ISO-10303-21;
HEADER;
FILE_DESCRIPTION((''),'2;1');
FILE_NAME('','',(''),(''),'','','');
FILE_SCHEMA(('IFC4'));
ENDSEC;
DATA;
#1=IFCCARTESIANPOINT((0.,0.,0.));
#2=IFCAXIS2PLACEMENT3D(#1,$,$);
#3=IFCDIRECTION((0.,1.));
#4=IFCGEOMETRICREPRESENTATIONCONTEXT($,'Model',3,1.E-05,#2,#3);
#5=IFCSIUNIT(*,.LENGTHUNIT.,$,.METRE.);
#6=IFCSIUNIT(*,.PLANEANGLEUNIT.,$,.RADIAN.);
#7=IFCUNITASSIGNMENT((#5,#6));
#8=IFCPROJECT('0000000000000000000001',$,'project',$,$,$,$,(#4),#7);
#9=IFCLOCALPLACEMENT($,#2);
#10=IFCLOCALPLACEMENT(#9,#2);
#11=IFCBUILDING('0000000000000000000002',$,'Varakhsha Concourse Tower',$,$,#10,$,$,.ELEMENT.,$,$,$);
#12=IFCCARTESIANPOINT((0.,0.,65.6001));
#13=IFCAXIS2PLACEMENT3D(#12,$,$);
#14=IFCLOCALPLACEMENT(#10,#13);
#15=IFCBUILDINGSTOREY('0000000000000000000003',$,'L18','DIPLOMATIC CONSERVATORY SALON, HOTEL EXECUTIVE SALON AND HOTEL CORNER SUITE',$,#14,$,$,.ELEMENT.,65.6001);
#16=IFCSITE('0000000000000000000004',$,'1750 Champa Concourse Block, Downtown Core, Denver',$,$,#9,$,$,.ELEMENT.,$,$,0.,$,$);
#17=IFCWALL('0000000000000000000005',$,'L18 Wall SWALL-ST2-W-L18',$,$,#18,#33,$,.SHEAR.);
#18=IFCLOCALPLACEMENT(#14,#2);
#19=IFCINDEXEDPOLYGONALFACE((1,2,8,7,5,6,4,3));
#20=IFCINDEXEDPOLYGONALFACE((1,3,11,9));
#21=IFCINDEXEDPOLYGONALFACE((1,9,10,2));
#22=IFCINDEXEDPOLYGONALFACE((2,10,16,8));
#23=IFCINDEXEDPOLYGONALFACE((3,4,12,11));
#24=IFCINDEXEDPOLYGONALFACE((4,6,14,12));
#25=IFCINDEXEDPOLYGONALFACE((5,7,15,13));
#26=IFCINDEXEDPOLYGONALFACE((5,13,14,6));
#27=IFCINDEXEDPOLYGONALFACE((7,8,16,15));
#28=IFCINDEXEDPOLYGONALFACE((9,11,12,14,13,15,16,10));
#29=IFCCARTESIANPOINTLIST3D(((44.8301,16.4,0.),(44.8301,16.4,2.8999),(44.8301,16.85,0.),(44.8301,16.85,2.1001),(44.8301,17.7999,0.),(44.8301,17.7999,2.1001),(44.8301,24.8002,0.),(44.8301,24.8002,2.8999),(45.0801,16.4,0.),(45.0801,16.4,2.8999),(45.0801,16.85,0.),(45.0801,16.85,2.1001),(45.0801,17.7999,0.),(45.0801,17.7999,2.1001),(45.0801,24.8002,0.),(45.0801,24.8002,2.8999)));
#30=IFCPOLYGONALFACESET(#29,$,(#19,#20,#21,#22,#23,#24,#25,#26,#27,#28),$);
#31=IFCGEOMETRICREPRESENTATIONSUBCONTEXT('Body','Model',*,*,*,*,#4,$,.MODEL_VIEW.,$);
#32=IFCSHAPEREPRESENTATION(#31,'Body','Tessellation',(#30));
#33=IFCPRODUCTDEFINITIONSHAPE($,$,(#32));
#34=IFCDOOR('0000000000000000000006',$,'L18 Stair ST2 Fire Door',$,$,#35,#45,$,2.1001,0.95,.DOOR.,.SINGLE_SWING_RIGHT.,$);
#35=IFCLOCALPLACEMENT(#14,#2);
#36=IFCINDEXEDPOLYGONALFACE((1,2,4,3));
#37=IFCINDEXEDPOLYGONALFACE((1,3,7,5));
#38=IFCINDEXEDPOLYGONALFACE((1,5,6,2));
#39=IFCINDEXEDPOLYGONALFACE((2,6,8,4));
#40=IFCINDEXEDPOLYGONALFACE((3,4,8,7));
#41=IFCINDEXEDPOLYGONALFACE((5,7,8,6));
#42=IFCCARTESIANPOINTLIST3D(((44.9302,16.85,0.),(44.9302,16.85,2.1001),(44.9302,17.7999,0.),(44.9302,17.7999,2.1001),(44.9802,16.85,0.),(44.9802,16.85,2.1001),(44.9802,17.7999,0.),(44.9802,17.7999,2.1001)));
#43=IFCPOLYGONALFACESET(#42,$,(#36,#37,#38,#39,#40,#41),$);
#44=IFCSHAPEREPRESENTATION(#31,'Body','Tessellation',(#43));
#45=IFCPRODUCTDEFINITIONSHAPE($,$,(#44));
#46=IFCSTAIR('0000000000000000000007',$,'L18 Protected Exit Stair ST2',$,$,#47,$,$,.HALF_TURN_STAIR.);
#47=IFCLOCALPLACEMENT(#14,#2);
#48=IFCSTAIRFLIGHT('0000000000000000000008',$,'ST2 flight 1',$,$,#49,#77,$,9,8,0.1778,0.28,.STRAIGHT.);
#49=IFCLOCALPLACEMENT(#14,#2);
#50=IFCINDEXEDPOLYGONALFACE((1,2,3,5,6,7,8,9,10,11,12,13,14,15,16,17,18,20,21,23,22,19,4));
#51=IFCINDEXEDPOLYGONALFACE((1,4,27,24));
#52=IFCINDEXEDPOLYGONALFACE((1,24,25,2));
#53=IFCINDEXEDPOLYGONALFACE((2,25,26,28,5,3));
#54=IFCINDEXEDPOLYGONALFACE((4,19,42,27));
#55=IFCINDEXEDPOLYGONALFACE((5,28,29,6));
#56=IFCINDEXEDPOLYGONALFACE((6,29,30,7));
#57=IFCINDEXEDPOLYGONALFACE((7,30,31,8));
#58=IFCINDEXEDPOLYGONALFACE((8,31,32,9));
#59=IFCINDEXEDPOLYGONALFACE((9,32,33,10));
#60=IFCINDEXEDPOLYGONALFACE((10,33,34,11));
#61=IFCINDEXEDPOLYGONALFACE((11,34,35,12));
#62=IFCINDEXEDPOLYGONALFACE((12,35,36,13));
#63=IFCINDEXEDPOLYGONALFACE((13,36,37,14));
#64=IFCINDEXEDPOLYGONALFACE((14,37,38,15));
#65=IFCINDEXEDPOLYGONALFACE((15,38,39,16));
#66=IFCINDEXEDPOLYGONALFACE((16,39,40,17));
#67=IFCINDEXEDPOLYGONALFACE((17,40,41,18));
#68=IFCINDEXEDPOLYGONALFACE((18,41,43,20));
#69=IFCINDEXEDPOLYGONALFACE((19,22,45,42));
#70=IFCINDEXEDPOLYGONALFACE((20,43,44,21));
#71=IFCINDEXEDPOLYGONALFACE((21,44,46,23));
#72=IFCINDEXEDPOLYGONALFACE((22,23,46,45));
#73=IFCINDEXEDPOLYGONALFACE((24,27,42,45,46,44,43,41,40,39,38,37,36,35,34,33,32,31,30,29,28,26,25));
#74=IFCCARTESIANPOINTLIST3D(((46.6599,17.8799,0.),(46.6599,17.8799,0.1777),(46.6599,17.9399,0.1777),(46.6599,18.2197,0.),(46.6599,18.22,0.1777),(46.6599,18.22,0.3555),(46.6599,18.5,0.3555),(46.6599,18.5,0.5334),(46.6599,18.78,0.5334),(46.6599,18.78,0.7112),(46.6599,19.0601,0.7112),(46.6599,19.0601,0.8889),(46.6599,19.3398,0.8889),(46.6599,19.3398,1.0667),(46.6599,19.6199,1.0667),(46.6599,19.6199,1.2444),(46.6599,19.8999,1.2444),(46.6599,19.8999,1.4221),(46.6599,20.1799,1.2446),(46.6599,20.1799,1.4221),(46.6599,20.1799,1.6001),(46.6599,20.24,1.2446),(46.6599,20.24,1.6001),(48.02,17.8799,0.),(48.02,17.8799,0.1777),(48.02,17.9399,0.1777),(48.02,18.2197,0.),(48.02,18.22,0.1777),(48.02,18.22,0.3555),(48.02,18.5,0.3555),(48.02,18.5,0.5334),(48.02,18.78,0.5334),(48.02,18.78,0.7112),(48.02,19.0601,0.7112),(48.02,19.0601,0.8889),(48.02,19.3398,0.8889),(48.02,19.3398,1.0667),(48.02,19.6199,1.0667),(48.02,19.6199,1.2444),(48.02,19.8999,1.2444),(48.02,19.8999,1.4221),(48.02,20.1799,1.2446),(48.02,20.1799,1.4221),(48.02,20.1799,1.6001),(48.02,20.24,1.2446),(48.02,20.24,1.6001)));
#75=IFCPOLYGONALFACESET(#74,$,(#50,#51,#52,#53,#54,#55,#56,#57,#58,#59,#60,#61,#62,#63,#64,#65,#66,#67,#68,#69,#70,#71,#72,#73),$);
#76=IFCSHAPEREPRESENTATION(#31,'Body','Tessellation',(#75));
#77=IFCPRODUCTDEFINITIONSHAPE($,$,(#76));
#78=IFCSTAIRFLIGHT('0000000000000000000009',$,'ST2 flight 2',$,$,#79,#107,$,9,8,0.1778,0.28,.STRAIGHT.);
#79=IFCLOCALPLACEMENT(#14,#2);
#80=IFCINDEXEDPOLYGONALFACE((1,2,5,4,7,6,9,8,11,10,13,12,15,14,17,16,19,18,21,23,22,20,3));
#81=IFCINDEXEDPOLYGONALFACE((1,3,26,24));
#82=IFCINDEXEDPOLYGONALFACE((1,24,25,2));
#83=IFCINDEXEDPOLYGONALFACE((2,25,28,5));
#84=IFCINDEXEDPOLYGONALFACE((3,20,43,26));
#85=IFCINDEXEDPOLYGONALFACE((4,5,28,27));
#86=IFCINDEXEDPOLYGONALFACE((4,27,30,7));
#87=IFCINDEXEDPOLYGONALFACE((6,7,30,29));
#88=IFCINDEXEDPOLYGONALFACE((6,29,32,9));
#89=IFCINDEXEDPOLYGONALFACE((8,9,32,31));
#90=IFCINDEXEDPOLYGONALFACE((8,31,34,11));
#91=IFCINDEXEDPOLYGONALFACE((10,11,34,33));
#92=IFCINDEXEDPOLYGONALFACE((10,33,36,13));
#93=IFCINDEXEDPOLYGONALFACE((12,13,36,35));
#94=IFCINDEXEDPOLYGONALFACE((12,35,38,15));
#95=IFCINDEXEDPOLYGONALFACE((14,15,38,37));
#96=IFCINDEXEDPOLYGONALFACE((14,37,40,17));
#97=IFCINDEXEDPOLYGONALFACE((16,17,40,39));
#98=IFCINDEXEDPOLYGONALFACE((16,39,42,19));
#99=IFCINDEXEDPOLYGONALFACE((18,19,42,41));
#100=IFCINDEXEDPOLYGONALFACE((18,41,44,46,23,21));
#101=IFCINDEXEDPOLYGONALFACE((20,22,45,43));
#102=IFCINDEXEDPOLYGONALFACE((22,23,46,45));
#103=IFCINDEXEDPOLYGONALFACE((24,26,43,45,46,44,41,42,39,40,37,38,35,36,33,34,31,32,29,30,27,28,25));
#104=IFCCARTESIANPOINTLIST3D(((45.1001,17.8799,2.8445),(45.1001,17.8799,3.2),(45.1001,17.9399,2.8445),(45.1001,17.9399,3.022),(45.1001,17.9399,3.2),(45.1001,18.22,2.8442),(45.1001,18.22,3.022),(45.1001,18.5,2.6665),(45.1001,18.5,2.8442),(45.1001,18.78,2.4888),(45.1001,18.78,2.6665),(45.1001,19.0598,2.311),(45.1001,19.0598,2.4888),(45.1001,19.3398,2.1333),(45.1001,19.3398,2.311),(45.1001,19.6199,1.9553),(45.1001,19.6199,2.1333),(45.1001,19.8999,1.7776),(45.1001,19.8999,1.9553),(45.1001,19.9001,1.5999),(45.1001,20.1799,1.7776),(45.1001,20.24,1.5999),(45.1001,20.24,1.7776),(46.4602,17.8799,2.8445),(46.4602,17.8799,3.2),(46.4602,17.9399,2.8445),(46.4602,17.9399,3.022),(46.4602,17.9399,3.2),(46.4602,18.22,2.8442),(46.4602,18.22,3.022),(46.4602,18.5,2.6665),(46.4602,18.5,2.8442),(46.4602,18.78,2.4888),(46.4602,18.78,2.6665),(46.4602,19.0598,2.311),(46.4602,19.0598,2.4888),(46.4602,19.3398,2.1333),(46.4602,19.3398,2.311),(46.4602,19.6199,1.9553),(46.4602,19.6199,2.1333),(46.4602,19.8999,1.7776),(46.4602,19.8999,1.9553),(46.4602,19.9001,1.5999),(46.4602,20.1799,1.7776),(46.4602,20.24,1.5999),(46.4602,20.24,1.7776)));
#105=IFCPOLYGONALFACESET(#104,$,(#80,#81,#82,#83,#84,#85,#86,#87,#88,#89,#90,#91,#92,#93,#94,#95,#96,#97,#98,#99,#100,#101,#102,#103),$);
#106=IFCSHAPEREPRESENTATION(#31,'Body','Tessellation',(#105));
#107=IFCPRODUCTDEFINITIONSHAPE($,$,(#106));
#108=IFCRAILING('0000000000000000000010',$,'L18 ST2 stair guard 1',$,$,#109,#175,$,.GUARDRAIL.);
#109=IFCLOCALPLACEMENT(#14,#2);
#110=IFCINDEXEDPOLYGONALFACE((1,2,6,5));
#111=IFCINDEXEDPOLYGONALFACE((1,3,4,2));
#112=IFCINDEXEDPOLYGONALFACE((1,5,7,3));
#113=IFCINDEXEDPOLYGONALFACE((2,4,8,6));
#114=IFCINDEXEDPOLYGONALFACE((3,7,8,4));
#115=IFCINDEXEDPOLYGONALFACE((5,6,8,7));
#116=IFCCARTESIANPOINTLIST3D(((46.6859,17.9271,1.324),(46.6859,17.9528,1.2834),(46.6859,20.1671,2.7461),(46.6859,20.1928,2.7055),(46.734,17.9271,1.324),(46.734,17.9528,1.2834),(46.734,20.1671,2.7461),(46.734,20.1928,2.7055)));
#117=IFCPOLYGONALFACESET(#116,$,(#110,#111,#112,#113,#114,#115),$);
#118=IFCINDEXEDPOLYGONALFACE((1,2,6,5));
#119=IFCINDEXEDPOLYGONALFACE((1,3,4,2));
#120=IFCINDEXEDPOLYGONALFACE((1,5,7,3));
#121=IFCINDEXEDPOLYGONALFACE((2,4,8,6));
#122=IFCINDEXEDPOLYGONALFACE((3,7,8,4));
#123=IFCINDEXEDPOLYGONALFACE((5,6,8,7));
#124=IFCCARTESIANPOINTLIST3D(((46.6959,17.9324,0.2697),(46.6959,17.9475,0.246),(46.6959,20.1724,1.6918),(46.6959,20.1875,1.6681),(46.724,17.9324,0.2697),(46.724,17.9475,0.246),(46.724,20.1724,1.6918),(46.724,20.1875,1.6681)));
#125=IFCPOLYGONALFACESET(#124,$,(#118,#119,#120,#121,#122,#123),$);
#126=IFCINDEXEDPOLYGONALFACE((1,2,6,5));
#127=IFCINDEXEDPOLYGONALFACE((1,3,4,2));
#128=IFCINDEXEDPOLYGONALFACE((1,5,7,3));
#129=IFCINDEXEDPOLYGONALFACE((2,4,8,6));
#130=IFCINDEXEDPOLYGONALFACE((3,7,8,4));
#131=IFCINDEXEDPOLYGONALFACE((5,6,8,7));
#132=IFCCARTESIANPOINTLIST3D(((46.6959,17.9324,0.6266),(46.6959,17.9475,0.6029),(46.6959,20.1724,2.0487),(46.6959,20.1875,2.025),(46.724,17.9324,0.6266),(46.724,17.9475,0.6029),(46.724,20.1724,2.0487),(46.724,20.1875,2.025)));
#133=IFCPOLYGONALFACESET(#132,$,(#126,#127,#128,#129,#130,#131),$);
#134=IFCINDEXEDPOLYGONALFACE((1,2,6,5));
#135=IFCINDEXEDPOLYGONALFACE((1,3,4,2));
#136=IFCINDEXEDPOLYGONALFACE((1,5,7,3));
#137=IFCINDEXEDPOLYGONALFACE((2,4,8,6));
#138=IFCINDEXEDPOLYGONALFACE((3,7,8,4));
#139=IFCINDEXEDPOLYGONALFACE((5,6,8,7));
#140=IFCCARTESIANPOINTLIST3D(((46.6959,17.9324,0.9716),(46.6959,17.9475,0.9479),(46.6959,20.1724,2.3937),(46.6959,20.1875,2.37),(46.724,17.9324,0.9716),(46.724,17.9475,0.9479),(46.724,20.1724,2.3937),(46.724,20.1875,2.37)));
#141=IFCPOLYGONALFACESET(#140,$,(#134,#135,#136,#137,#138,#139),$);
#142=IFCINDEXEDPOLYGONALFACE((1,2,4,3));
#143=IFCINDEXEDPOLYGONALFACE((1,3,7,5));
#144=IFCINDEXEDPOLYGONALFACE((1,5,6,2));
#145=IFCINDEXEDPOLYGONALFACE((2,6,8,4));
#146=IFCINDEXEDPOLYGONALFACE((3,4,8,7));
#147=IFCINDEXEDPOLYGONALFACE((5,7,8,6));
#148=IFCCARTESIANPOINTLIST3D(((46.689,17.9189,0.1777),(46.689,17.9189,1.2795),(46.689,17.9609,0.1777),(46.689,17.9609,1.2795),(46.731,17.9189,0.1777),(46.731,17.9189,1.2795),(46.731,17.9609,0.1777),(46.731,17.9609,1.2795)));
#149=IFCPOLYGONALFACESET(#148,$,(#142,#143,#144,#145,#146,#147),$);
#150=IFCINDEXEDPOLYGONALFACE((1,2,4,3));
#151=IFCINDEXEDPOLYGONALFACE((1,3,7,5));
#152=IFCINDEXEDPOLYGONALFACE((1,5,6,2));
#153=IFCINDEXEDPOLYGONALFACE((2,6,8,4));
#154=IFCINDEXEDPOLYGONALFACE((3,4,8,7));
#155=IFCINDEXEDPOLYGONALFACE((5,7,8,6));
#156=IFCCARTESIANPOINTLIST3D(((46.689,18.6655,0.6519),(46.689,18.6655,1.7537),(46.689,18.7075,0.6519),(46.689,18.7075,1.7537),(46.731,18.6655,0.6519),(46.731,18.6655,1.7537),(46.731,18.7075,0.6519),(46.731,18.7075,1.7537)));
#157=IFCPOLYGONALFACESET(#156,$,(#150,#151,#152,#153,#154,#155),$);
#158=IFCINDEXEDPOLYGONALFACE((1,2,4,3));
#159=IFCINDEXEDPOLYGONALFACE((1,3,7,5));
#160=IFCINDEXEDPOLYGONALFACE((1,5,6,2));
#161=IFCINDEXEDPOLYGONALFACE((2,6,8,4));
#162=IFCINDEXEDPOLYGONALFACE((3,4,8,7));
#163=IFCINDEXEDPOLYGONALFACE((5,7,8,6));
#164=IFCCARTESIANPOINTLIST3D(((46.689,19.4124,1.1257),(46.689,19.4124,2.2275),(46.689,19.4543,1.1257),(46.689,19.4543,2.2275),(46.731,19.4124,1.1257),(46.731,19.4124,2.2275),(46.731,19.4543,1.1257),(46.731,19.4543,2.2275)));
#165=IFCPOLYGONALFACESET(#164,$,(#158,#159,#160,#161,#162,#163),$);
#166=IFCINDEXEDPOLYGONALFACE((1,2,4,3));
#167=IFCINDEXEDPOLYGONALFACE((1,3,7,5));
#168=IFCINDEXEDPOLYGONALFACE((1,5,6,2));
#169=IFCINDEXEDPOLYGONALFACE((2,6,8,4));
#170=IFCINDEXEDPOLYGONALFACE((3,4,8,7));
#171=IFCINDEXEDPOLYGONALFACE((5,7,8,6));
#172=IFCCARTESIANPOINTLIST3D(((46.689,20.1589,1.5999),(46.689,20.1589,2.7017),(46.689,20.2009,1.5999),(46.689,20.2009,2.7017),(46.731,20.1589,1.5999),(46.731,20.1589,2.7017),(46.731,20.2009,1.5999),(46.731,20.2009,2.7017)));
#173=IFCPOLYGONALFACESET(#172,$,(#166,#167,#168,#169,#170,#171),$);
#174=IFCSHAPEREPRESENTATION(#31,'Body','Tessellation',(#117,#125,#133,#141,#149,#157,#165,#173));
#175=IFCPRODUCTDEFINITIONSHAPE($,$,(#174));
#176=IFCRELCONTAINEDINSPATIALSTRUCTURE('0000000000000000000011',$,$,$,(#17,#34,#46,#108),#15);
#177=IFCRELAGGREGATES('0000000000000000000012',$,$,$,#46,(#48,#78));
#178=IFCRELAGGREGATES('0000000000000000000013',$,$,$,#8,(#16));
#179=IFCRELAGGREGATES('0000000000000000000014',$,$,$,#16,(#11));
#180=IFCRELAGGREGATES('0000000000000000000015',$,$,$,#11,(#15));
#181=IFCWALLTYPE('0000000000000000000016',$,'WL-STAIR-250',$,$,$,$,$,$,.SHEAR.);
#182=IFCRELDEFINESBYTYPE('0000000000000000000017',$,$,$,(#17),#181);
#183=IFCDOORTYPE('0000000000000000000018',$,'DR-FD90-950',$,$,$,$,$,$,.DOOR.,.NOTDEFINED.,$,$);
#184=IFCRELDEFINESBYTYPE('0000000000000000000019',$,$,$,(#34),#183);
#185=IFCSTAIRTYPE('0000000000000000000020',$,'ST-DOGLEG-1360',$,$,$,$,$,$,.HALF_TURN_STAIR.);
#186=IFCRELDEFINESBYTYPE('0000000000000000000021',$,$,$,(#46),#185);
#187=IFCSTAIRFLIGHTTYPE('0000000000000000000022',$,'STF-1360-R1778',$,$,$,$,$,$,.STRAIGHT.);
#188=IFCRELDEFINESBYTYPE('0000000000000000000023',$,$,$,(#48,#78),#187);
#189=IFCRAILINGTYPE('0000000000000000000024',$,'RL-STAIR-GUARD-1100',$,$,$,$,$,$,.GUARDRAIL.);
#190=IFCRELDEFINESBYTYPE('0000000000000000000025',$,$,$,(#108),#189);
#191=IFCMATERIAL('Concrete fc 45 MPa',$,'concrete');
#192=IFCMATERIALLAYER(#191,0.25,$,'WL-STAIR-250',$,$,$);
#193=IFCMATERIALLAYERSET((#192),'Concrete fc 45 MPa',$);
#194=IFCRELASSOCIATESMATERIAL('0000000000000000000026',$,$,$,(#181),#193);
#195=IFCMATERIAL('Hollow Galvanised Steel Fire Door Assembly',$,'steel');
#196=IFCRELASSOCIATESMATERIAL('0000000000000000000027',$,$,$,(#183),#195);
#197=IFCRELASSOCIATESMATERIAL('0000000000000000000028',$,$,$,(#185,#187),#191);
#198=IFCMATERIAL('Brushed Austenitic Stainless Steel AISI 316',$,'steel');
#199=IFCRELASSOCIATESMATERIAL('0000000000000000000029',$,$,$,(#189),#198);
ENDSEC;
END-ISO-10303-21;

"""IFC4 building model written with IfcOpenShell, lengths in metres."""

from ifc_helpers import new_model, si_unit, direction, frame, frame_2d, origin, origin_2d, place, context, subcontext, project, spatial, polyline, rectangle, outline, extrude, material, layer, layer_set, type_object, element, fill, aggregate, save


model = new_model("IFC4")

# Units and contexts
model_context = context("Model", 3, precision=1e-05, world=origin(), true_north=direction((0.0, 1.0)))
body_context = subcontext(model_context, "Body", "Model", "MODEL_VIEW")
ifc_project = project(units=[si_unit("LENGTHUNIT", "METRE"), si_unit("PLANEANGLEUNIT", "RADIAN")], contexts=[model_context])

# Site, building, storey
site_placement = place(None, origin())
site = spatial("IfcSite", under=ifc_project, at=site_placement, Name="1750 Champa Concourse Block, Downtown Core, Denver", CompositionType="ELEMENT", RefElevation=0.0)
building_placement = place(site_placement, origin())
building = spatial("IfcBuilding", under=site, at=building_placement, Name="Varakhsha Concourse Tower", CompositionType="ELEMENT")
storey_placement = place(building_placement, frame((0.0, 0.0, 65.6001)))
storey = spatial("IfcBuildingStorey", under=building, at=storey_placement, Name="L18", Description="DIPLOMATIC CONSERVATORY SALON, HOTEL EXECUTIVE SALON AND HOTEL CORNER SUITE", CompositionType="ELEMENT", Elevation=65.6001)

# Wall, opening, door
ifc_material_1 = material(Name="Concrete fc 45 MPa", Category="concrete")
ifc_layer_1 = layer(ifc_material_1, 0.25, Name="WL-STAIR-250")
ifc_layer_set_1 = layer_set([ifc_layer_1], Name="Concrete fc 45 MPa")
wall_type_1 = type_object("IfcWallType", Name="WL-STAIR-250", PredefinedType="SHEAR", material=ifc_layer_set_1)
wall_1_placement = place(storey_placement, frame((44.9551, 16.3999, 0.0), z_axis=(0.0, 0.0, 1.0), x_axis=(0.0, 1.0, 0.0)))
wall_1 = element("IfcWall", 1, at=wall_1_placement, inside=storey, type_object=wall_type_1, Name="L18 Wall SWALL-ST2-W-L18", PredefinedType="SHEAR", context=body_context, shape_type="SweptSolid", body=[
    extrude(rectangle(XDim=8.4001, YDim=0.25, at=frame_2d((4.2002, 0.0))), origin(), (0.0, 0.0, 1.0), 2.8999),
])
opening_1_placement = place(wall_1_placement, frame((0.45, 0.0, 0.0)))
opening_1 = element("IfcOpeningElement", 2, at=opening_1_placement, cuts=wall_1, PredefinedType="OPENING", context=body_context, shape_type="SweptSolid", body=[
    extrude(rectangle(XDim=0.95, YDim=2.1001, at=frame_2d((0.4751, 1.05))), frame((0.0, 0.135, 0.0), z_axis=(0.0, -1.0, 0.0), x_axis=(1.0, 0.0, 0.0)), (0.0, 0.0, 1.0), 0.27),
])
ifc_material_2 = material(Name="Hollow Galvanised Steel Fire Door Assembly", Category="steel")
door_type_1 = type_object("IfcDoorType", Name="DR-FD90-950", OperationType="NOTDEFINED", PredefinedType="DOOR", material=ifc_material_2)
door_1_placement = place(opening_1_placement, origin())
door_1 = element("IfcDoor", 3, at=door_1_placement, inside=storey, type_object=door_type_1, Name="L18 Stair ST2 Fire Door", OperationType="SINGLE_SWING_RIGHT", OverallHeight=2.1001, OverallWidth=0.95, PredefinedType="DOOR", context=body_context, shape_type="SweptSolid", body=[
    extrude(rectangle(XDim=0.95, YDim=2.1001, at=frame_2d((0.4751, 1.05))), frame((0.0, 0.0249, 0.0), z_axis=(0.0, -1.0, 0.0), x_axis=(1.0, 0.0, 0.0)), (0.0, 0.0, 1.0), 0.05),
])
fill(opening_1, door_1)

# Stair, stair flights
stair_type = type_object("IfcStairType", Name="ST-DOGLEG-1360", PredefinedType="HALF_TURN_STAIR", material=ifc_material_1)
stair_placement = place(storey_placement, origin())
stair = element("IfcStair", 4, at=stair_placement, inside=storey, type_object=stair_type, Name="L18 Protected Exit Stair ST2", PredefinedType="HALF_TURN_STAIR")
stair_flight_type = type_object("IfcStairFlightType", Name="STF-1360-R1778", PredefinedType="STRAIGHT", material=ifc_material_1)
stair_flight_1_placement = place(storey_placement, frame((47.3401, 17.9399, 0.0), z_axis=(0.0, 0.0, 1.0), x_axis=(0.0, 1.0, 0.0)))
stair_flight_1 = element("IfcStairFlight", 5, at=stair_flight_1_placement, type_object=stair_flight_type, Name="ST2 flight 1", NumberOfRisers=9, NumberOfTreads=8, PredefinedType="STRAIGHT", RiserHeight=0.1778, TreadLength=0.28, context=body_context, shape_type="SweptSolid", body=[
    extrude(outline(polyline([(-0.0601, 0.0), (-0.0601, 0.1777), (0.0, 0.1777), (0.28, 0.1777), (0.28, 0.3555), (0.5601, 0.3555), (0.5601, 0.5334), (0.8401, 0.5334), (0.8401, 0.7112), (1.1201, 0.7112), (1.1201, 0.8889), (1.3999, 0.8889), (1.3999, 1.0667), (1.6799, 1.0667), (1.6799, 1.2444), (1.96, 1.2444), (1.96, 1.4221), (2.24, 1.4221), (2.24, 1.6001), (2.3, 1.6001), (2.3, 1.2446), (2.24, 1.2446), (0.2798, 0.0), (-0.0601, 0.0)])), frame((0.0, 0.6802, 0.0), z_axis=(0.0, -1.0, 0.0), x_axis=(1.0, 0.0, 0.0)), (0.0, 0.0, 1.0), 1.3601),
])
stair_flight_2_placement = place(storey_placement, frame((45.78, 20.1799, 1.5999), z_axis=(0.0, 0.0, 1.0), x_axis=(0.0, -1.0, 0.0)))
stair_flight_2 = element("IfcStairFlight", 6, at=stair_flight_2_placement, type_object=stair_flight_type, Name="ST2 flight 2", NumberOfRisers=9, NumberOfTreads=8, PredefinedType="STRAIGHT", RiserHeight=0.1778, TreadLength=0.28, context=body_context, shape_type="SweptSolid", body=[
    extrude(outline(polyline([(-0.0601, 0.0), (-0.0601, 0.1777), (0.0, 0.1777), (0.28, 0.1777), (0.28, 0.3555), (0.5601, 0.3555), (0.5601, 0.5334), (0.8401, 0.5334), (0.8401, 0.7112), (1.1201, 0.7112), (1.1201, 0.8889), (1.3999, 0.8889), (1.3999, 1.0667), (1.6799, 1.0667), (1.6799, 1.2444), (1.96, 1.2444), (1.96, 1.4221), (2.24, 1.4221), (2.24, 1.6001), (2.3, 1.6001), (2.3, 1.2446), (2.24, 1.2446), (0.2798, 0.0), (-0.0601, 0.0)])), frame((0.0, 0.6802, 0.0), z_axis=(0.0, -1.0, 0.0), x_axis=(1.0, 0.0, 0.0)), (0.0, 0.0, 1.0), 1.3601),
])
aggregate(stair, [stair_flight_1, stair_flight_2])

# Railing
ifc_material_3 = material(Name="Brushed Austenitic Stainless Steel AISI 316", Category="steel")
railing_type_1 = type_object("IfcRailingType", Name="RL-STAIR-GUARD-1100", PredefinedType="GUARDRAIL", material=ifc_material_3)
railing_1_placement = place(storey_placement, frame((46.71, 17.9399, 0.1777)))
element("IfcRailing", 7, at=railing_1_placement, inside=storey, type_object=railing_type_1, Name="L18 ST2 stair guard 1", PredefinedType="GUARDRAIL", context=body_context, shape_type="SweptSolid", body=[
    extrude(rectangle(XDim=0.0481, YDim=0.0481, at=origin_2d()), frame((0.0, 0.0, 1.126), z_axis=(0.0, 0.844229, 0.535982), x_axis=(-1.0, 0.0, 0.0)), (0.0, 0.0, 1.0), 2.6533),
    extrude(rectangle(XDim=0.0281, YDim=0.0281, at=origin_2d()), frame((0.0, 0.0, 0.0801), z_axis=(0.0, 0.844229, 0.535982), x_axis=(-1.0, 0.0, 0.0)), (0.0, 0.0, 1.0), 2.6533),
    extrude(rectangle(XDim=0.0281, YDim=0.0281, at=origin_2d()), frame((0.0, 0.0, 0.437), z_axis=(0.0, 0.844229, 0.535982), x_axis=(-1.0, 0.0, 0.0)), (0.0, 0.0, 1.0), 2.6533),
    extrude(rectangle(XDim=0.0281, YDim=0.0281, at=origin_2d()), frame((0.0, 0.0, 0.782), z_axis=(0.0, 0.844229, 0.535982), x_axis=(-1.0, 0.0, 0.0)), (0.0, 0.0, 1.0), 2.6533),
    extrude(rectangle(XDim=0.042, YDim=0.042, at=origin_2d()), origin(), (0.0, 0.0, 1.0), 1.1018),
    extrude(rectangle(XDim=0.042, YDim=0.042, at=origin_2d()), frame((0.0, 0.7466, 0.4741)), (0.0, 0.0, 1.0), 1.1018),
    extrude(rectangle(XDim=0.042, YDim=0.042, at=origin_2d()), frame((0.0, 1.4934, 0.948)), (0.0, 0.0, 1.0), 1.1018),
    extrude(rectangle(XDim=0.042, YDim=0.042, at=origin_2d()), frame((0.0, 2.24, 1.4221)), (0.0, 0.0, 1.0), 1.1018),
])

save(model, "model.ifc")
